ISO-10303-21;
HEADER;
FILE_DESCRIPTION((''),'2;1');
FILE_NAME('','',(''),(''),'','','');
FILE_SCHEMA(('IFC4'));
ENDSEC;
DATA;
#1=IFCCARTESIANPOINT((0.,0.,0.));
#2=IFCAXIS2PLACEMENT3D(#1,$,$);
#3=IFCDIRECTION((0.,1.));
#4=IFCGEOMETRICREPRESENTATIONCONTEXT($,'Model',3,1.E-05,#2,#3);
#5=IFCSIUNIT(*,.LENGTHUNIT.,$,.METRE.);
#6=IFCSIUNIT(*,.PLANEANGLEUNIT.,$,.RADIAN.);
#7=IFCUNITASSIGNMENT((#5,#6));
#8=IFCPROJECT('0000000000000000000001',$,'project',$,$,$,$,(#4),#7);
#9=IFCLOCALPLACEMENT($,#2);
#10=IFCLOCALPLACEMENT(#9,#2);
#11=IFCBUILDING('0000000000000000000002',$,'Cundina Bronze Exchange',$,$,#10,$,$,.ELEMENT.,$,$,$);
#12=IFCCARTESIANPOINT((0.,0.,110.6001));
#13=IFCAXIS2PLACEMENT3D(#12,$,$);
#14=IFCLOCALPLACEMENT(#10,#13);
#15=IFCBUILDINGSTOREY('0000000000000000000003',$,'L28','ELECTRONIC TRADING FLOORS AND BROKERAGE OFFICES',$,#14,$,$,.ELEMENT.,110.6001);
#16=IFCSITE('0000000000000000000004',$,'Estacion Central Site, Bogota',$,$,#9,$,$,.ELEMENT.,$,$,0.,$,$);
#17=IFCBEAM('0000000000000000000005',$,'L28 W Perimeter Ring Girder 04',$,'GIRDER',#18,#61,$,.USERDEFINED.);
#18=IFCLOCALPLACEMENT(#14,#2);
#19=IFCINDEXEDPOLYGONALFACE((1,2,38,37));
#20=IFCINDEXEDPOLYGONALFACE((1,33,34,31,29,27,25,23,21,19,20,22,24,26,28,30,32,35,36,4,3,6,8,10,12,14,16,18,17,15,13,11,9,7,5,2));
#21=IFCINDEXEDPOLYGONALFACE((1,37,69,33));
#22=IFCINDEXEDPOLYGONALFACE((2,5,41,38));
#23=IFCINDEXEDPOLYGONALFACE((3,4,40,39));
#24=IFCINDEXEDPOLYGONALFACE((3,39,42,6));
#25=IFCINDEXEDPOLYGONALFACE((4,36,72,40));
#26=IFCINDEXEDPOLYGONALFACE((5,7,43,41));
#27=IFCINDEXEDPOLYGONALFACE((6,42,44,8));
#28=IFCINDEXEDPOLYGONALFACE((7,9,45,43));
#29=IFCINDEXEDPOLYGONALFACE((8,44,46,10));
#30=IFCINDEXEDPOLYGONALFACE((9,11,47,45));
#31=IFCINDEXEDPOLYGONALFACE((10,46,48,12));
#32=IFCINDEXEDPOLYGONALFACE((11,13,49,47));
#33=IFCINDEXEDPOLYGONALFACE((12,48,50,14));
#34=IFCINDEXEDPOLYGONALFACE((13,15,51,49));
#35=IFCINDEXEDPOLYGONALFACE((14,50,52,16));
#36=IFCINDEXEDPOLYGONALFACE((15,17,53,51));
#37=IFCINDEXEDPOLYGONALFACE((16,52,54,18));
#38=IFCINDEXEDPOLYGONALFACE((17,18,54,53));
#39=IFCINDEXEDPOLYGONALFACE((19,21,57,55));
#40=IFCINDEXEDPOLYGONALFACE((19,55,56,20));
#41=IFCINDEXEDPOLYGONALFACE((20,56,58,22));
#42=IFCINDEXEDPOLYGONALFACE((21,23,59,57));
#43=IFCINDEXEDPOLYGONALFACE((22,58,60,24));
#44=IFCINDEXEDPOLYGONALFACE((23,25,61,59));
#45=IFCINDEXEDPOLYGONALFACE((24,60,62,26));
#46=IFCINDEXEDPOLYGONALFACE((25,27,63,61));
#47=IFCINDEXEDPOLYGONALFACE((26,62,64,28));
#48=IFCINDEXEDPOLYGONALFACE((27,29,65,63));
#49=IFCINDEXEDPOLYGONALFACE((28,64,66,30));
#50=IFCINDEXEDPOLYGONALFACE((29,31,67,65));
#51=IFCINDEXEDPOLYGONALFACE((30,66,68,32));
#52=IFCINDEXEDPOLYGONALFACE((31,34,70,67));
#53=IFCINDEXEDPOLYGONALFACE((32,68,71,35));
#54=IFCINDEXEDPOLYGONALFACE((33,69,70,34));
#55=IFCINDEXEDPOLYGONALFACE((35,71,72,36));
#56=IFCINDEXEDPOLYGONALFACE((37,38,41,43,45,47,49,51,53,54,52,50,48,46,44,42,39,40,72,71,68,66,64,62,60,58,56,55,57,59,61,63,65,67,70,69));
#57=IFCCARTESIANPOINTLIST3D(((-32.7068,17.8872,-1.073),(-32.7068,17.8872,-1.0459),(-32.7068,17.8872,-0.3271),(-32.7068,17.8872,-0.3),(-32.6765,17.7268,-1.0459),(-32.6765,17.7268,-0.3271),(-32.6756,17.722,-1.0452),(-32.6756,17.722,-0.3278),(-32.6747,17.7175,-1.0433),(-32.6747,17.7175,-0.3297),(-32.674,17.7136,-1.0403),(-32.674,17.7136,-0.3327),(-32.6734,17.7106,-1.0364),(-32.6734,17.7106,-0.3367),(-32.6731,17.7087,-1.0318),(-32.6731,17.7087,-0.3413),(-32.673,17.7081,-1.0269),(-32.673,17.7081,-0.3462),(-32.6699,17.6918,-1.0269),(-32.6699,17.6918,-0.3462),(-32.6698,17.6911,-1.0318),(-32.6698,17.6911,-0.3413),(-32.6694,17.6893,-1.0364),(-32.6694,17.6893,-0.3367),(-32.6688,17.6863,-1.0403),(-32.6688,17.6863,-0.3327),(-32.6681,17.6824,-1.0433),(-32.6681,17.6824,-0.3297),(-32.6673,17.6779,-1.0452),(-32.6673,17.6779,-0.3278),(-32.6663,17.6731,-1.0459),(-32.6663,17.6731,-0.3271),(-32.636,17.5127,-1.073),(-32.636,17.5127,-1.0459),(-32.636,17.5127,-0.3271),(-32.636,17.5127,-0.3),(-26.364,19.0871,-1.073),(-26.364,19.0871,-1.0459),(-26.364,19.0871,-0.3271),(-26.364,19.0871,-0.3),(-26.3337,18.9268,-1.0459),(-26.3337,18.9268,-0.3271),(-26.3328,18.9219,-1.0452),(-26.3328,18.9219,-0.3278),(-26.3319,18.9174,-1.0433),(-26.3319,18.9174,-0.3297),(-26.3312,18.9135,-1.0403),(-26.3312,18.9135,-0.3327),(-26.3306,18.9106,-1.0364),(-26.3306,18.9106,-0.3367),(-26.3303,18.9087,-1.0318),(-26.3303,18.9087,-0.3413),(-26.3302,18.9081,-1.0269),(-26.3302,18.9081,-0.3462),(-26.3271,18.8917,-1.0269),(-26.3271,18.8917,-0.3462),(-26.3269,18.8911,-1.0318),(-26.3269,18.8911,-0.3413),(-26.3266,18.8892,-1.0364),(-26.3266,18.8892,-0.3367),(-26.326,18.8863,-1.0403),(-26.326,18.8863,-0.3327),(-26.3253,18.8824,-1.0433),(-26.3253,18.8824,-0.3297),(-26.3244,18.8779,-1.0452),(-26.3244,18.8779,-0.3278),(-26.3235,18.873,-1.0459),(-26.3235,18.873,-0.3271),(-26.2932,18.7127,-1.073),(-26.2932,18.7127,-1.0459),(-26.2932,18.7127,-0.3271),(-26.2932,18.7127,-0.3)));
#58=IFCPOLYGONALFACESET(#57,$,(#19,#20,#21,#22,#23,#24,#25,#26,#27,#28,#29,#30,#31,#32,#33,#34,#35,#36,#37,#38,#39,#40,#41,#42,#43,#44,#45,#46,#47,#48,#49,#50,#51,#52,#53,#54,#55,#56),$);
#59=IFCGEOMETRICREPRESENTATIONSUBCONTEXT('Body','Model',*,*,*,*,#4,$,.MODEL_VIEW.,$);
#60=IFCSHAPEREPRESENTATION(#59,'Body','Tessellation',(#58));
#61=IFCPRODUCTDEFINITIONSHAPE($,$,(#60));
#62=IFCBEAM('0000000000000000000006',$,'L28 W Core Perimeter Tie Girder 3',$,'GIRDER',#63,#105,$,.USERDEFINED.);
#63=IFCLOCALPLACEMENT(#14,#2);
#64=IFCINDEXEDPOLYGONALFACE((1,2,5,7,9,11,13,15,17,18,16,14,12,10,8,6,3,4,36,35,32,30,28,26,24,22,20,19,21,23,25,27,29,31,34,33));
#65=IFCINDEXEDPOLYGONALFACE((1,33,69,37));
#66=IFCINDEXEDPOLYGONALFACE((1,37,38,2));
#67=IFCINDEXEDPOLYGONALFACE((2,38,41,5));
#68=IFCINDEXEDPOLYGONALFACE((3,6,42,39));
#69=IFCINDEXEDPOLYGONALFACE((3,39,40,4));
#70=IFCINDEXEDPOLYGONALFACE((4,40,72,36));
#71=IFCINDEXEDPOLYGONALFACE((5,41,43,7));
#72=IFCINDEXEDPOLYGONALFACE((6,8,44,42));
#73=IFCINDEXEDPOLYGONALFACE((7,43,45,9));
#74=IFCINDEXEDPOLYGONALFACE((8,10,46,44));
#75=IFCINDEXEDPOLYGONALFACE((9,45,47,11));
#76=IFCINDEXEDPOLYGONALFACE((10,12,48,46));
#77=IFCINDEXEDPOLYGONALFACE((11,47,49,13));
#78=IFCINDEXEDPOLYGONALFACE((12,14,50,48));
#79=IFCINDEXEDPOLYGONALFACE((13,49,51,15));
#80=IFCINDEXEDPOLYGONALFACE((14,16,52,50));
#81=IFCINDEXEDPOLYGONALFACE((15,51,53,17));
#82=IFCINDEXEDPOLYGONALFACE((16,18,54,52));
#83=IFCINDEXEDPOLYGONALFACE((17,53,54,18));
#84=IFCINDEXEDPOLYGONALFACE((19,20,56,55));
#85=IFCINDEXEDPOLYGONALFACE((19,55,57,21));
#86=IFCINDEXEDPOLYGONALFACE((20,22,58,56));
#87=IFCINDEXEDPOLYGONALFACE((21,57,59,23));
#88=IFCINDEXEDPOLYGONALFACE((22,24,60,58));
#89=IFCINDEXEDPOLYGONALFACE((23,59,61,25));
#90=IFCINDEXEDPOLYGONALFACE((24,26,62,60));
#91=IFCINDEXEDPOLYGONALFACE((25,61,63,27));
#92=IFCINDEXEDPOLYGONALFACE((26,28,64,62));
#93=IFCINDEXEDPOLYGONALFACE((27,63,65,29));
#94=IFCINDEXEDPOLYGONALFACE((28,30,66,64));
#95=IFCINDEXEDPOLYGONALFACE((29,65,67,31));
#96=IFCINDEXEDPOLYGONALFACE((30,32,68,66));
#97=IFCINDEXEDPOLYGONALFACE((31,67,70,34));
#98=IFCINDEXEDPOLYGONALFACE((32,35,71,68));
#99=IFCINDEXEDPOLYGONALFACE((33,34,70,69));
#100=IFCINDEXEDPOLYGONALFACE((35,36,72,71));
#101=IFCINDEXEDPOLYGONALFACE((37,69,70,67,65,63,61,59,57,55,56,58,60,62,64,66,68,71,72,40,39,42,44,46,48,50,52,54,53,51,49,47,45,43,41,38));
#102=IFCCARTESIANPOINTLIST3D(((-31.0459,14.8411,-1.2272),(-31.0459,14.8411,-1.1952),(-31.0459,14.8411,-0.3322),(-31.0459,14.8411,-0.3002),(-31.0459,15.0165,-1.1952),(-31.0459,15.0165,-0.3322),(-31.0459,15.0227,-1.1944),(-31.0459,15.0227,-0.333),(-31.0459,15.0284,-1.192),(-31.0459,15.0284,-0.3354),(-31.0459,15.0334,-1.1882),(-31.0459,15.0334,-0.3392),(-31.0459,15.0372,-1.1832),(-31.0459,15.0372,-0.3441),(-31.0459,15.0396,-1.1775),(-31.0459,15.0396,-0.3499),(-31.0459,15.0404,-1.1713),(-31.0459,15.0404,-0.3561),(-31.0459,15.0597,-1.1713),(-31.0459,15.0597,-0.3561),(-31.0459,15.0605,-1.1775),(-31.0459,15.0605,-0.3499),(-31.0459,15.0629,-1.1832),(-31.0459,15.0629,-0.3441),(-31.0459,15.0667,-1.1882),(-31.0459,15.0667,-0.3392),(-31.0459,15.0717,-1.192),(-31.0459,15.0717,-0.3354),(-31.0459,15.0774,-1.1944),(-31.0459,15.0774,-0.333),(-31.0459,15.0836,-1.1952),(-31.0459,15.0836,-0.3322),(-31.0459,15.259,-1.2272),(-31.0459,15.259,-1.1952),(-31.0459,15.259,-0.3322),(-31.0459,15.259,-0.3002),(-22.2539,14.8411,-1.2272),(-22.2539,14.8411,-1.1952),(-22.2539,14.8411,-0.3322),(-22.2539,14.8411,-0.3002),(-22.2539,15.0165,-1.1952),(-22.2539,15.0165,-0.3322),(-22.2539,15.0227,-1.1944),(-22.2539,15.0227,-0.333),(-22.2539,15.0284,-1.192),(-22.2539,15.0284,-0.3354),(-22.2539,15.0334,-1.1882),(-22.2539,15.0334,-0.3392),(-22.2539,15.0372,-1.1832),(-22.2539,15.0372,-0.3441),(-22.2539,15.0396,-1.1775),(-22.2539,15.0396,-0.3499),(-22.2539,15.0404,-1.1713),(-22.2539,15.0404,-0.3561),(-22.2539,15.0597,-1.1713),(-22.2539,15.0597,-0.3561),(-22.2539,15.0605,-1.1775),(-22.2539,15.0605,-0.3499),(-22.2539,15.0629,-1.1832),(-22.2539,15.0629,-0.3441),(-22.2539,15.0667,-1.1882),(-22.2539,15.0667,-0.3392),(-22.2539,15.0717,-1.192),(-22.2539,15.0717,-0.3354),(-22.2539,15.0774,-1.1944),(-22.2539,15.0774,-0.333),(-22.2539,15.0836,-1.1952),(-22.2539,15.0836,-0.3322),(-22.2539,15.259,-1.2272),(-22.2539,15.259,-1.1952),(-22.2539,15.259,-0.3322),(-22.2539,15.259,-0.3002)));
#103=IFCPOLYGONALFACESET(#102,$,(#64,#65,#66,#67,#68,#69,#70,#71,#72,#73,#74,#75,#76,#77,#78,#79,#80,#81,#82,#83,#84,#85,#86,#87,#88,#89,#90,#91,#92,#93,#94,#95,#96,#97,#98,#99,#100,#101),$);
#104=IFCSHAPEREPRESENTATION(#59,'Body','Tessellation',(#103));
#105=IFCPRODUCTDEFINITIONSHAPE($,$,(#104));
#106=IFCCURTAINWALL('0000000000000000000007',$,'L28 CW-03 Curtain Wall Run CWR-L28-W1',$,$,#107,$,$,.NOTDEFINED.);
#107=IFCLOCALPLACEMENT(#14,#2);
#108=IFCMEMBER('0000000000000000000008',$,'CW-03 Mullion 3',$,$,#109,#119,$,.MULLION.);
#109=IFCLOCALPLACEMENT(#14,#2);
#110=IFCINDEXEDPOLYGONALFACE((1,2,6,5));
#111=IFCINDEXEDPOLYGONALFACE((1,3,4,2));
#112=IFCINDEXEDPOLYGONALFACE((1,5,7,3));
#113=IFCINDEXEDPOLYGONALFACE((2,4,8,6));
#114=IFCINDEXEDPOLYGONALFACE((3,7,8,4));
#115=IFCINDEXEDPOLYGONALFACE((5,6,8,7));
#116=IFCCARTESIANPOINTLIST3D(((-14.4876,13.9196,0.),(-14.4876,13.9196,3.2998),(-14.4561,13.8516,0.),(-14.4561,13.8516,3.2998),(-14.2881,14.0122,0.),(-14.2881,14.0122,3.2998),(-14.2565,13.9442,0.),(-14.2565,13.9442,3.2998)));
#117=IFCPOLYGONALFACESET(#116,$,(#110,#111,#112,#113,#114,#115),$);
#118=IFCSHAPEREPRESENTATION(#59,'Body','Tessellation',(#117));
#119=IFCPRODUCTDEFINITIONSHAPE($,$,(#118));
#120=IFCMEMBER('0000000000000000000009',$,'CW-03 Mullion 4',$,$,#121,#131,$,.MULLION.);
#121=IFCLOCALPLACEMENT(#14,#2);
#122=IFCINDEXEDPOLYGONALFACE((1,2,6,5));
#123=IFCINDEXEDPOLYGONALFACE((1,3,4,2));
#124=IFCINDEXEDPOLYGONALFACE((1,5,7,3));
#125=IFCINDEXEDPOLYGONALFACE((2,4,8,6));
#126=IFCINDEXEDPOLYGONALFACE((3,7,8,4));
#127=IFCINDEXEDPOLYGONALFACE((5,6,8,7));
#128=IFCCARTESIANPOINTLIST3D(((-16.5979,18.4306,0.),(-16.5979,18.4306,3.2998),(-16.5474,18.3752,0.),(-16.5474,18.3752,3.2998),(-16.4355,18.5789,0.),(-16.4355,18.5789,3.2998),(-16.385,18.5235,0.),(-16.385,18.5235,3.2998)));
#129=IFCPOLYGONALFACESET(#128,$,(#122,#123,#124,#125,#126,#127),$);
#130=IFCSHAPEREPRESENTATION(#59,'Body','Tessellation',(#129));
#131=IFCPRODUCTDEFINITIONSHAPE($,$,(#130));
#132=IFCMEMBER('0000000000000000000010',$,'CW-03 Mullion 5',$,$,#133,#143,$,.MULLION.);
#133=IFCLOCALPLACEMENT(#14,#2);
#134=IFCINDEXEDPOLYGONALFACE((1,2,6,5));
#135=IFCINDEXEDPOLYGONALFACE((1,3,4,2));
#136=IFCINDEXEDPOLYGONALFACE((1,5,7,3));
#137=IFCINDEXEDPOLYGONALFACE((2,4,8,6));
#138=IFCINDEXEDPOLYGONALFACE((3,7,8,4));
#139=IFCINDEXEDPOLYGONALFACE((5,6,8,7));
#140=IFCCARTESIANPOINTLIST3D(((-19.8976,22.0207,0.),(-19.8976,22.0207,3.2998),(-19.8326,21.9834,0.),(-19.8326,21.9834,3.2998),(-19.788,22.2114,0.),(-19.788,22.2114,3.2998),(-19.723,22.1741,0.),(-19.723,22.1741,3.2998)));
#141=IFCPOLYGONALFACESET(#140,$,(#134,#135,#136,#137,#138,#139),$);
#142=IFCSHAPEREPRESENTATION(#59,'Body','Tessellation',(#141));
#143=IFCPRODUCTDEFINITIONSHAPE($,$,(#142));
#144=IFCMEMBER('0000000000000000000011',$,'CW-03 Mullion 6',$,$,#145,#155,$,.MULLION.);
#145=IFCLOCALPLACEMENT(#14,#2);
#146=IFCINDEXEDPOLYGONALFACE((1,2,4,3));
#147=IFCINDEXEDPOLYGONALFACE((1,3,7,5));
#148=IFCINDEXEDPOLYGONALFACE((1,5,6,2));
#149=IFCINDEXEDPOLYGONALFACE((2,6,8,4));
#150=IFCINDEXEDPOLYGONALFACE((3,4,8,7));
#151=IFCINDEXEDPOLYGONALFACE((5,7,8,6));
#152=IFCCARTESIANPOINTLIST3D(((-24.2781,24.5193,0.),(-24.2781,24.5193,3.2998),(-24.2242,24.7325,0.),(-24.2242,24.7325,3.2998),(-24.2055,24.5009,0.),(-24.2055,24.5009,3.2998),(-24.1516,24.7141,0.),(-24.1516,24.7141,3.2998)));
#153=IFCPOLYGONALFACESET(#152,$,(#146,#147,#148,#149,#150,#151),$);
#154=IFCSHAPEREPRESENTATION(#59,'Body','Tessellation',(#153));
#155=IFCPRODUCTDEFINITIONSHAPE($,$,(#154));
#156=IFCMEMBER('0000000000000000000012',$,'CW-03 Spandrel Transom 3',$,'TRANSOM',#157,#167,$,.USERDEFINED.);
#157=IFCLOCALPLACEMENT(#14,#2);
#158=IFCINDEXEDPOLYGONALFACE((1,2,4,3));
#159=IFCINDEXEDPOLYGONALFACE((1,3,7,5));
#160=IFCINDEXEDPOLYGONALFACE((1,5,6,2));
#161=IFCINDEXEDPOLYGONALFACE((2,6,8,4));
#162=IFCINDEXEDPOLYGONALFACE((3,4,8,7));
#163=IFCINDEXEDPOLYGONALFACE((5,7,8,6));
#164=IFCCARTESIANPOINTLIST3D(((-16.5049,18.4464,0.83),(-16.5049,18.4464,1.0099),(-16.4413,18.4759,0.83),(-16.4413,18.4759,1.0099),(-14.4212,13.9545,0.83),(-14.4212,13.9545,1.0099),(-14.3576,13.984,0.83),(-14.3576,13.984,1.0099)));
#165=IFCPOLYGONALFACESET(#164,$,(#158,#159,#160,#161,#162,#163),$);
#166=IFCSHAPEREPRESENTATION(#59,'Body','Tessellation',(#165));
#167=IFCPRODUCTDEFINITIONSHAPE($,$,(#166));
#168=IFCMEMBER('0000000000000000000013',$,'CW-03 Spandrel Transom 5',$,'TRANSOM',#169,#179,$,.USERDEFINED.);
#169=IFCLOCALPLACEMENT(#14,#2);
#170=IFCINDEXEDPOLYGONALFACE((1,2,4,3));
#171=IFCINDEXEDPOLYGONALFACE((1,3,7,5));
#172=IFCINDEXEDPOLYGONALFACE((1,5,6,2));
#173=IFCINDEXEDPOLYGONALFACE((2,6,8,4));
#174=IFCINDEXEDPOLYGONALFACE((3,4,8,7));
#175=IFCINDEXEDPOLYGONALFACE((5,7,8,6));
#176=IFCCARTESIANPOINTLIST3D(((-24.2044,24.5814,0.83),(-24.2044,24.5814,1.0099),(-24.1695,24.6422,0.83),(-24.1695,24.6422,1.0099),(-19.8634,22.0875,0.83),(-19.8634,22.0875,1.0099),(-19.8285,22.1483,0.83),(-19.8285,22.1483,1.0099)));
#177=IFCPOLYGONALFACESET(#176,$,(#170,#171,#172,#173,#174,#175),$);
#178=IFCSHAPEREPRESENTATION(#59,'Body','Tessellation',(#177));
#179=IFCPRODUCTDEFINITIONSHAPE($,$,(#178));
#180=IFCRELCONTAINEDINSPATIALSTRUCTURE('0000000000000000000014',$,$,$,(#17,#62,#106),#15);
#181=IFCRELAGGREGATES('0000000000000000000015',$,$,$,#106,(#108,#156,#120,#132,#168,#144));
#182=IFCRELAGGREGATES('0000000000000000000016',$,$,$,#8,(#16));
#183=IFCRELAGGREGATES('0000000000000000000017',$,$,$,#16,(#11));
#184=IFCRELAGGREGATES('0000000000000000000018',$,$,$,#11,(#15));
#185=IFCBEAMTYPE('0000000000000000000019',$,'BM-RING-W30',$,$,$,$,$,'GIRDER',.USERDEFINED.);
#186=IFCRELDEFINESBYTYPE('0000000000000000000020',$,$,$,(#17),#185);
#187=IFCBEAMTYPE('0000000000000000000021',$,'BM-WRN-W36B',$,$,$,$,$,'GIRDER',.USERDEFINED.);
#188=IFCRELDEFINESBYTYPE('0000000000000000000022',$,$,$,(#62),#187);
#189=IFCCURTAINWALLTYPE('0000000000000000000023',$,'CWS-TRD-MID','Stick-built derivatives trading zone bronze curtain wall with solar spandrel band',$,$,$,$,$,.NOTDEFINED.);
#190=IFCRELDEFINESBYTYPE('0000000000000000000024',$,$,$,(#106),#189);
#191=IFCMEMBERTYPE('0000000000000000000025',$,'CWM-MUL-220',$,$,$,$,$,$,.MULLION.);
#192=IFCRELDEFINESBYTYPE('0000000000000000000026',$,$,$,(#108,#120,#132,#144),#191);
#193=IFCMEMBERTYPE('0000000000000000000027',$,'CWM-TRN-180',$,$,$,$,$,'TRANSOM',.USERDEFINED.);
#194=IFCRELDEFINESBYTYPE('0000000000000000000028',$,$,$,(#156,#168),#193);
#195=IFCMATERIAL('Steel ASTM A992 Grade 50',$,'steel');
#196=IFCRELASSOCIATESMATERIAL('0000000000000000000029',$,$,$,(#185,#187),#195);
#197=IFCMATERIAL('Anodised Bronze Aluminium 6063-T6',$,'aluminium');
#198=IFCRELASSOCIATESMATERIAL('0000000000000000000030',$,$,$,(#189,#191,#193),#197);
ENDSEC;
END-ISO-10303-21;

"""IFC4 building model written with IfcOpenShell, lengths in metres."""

from ifc_helpers import new_model, si_unit, direction, frame, origin, origin_2d, place, context, subcontext, project, spatial, rectangle, i_section, extrude, material, material_profile, profile_set, type_object, element, aggregate, save


model = new_model("IFC4")

# Units and contexts
model_context = context("Model", 3, precision=1e-05, world=origin(), true_north=direction((0.0, 1.0)))
body_context = subcontext(model_context, "Body", "Model", "MODEL_VIEW")
ifc_project = project(units=[si_unit("LENGTHUNIT", "METRE"), si_unit("PLANEANGLEUNIT", "RADIAN")], contexts=[model_context])

# Site, building, storey
site_placement = place(None, origin())
site = spatial("IfcSite", under=ifc_project, at=site_placement, Name="Estacion Central Site, Bogota", CompositionType="ELEMENT", RefElevation=0.0)
building_placement = place(site_placement, origin())
building = spatial("IfcBuilding", under=site, at=building_placement, Name="Cundina Bronze Exchange", CompositionType="ELEMENT")
storey_placement = place(building_placement, frame((0.0, 0.0, 110.6001)))
storey = spatial("IfcBuildingStorey", under=building, at=storey_placement, Name="L28", Description="ELECTRONIC TRADING FLOORS AND BROKERAGE OFFICES", CompositionType="ELEMENT", Elevation=110.6001)

# Shared definitions
ifc_material_1 = material(Name="Steel ASTM A992 Grade 50", Category="steel")

# Beams
ifc_material_profile_1 = material_profile(ifc_material_1, i_section(OverallWidth=0.3811, OverallDepth=0.7729, WebThickness=0.0166, FlangeThickness=0.0271, FilletRadius=0.019, at=origin_2d()), Name="W30X173", Category="steel")
ifc_profile_set_1 = profile_set([ifc_material_profile_1], Name="Steel ASTM A992 Grade 50")
beam_type_1 = type_object("IfcBeamType", Name="BM-RING-W30", ElementType="GIRDER", PredefinedType="USERDEFINED", material=ifc_profile_set_1)
beam_1_placement = place(storey_placement, frame((-26.3286, 18.8999, -0.6865), z_axis=(-0.982571, -0.185887, 0.0), x_axis=(0.185887, -0.982571, 0.0)))
element("IfcBeam", 1, at=beam_1_placement, inside=storey, type_object=beam_type_1, Name="L28 W Perimeter Ring Girder 04", ObjectType="GIRDER", PredefinedType="USERDEFINED", context=body_context, shape_type="SweptSolid", body=[
    extrude(i_section(OverallWidth=0.3811, OverallDepth=0.7729, WebThickness=0.0166, FlangeThickness=0.0271, FilletRadius=0.019, at=origin_2d()), origin(), (0.0, 0.0, 1.0), 6.4553),
])
ifc_material_profile_2 = material_profile(ifc_material_1, i_section(OverallWidth=0.418, OverallDepth=0.927, WebThickness=0.0193, FlangeThickness=0.032, FilletRadius=0.0239, at=origin_2d()), Name="W36X231", Category="steel")
ifc_profile_set_2 = profile_set([ifc_material_profile_2], Name="Steel ASTM A992 Grade 50")
beam_type_2 = type_object("IfcBeamType", Name="BM-WRN-W36B", ElementType="GIRDER", PredefinedType="USERDEFINED", material=ifc_profile_set_2)
beam_2_placement = place(storey_placement, frame((-22.2539, 15.05, -0.7637), z_axis=(-1.0, 0.0, 0.0), x_axis=(0.0, -1.0, 0.0)))
element("IfcBeam", 2, at=beam_2_placement, inside=storey, type_object=beam_type_2, Name="L28 W Core Perimeter Tie Girder 3", ObjectType="GIRDER", PredefinedType="USERDEFINED", context=body_context, shape_type="SweptSolid", body=[
    extrude(i_section(OverallWidth=0.418, OverallDepth=0.927, WebThickness=0.0193, FlangeThickness=0.032, FilletRadius=0.0239, at=origin_2d()), origin(), (0.0, 0.0, 1.0), 8.792),
])

# Curtain wall, members
ifc_material_2 = material(Name="Anodised Bronze Aluminium 6063-T6", Category="aluminium")
curtain_wall_type = type_object("IfcCurtainWallType", Name="CWS-TRD-MID", Description="Stick-built derivatives trading zone bronze curtain wall with solar spandrel band", PredefinedType="NOTDEFINED", material=ifc_material_2)
curtain_wall_placement = place(storey_placement, origin())
curtain_wall = element("IfcCurtainWall", 3, at=curtain_wall_placement, inside=storey, type_object=curtain_wall_type, Name="L28 CW-03 Curtain Wall Run CWR-L28-W1", PredefinedType="NOTDEFINED")
ifc_material_profile_3 = material_profile(ifc_material_2, rectangle(XDim=0.075, YDim=0.22, at=origin_2d()), Name="AL75X220", Category="aluminium")
ifc_profile_set_3 = profile_set([ifc_material_profile_3], Name="Anodised Bronze Aluminium 6063-T6")
member_type_1 = type_object("IfcMemberType", Name="CWM-MUL-220", PredefinedType="MULLION", material=ifc_profile_set_3)
member_1_placement = place(storey_placement, frame((-14.3721, 13.9319, 0.0), z_axis=(0.0, 0.0, 1.0), x_axis=(-0.420877, 0.907117, 0.0)))
member_1 = element("IfcMember", 4, at=member_1_placement, type_object=member_type_1, Name="CW-03 Mullion 3", PredefinedType="MULLION", context=body_context, shape_type="SweptSolid", body=[
    extrude(rectangle(XDim=0.075, YDim=0.22, at=origin_2d()), origin(), (0.0, 0.0, 1.0), 3.2998),
])
member_2_placement = place(storey_placement, frame((-16.4915, 18.4771, 0.0), z_axis=(0.0, 0.0, 1.0), x_axis=(-0.674302, 0.738455, 0.0)))
member_2 = element("IfcMember", 5, at=member_2_placement, type_object=member_type_1, Name="CW-03 Mullion 4", PredefinedType="MULLION", context=body_context, shape_type="SweptSolid", body=[
    extrude(rectangle(XDim=0.075, YDim=0.22, at=origin_2d()), origin(), (0.0, 0.0, 1.0), 3.2998),
])
member_3_placement = place(storey_placement, frame((-19.8103, 22.0974, 0.0), z_axis=(0.0, 0.0, 1.0), x_axis=(-0.867071, 0.498185, 0.0)))
member_3 = element("IfcMember", 6, at=member_3_placement, type_object=member_type_1, Name="CW-03 Mullion 5", PredefinedType="MULLION", context=body_context, shape_type="SweptSolid", body=[
    extrude(rectangle(XDim=0.075, YDim=0.22, at=origin_2d()), origin(), (0.0, 0.0, 1.0), 3.2998),
])
member_4_placement = place(storey_placement, frame((-24.2148, 24.6167, 0.0), z_axis=(0.0, 0.0, 1.0), x_axis=(-0.969488, 0.245138, 0.0)))
member_4 = element("IfcMember", 7, at=member_4_placement, type_object=member_type_1, Name="CW-03 Mullion 6", PredefinedType="MULLION", context=body_context, shape_type="SweptSolid", body=[
    extrude(rectangle(XDim=0.075, YDim=0.22, at=origin_2d()), origin(), (0.0, 0.0, 1.0), 3.2998),
])
ifc_material_profile_4 = material_profile(ifc_material_2, rectangle(XDim=0.0701, YDim=0.1799, at=origin_2d()), Name="AL70X180", Category="aluminium")
ifc_profile_set_4 = profile_set([ifc_material_profile_4], Name="Anodised Bronze Aluminium 6063-T6")
member_type_2 = type_object("IfcMemberType", Name="CWM-TRN-180", ElementType="TRANSOM", PredefinedType="USERDEFINED", material=ifc_profile_set_4)
member_5_placement = place(storey_placement, frame((-14.3894, 13.9692, 0.9199), z_axis=(-0.420811, 0.907148, 0.0), x_axis=(-0.907148, -0.420811, 0.0)))
member_5 = element("IfcMember", 8, at=member_5_placement, type_object=member_type_2, Name="CW-03 Spandrel Transom 3", ObjectType="TRANSOM", PredefinedType="USERDEFINED", context=body_context, shape_type="SweptSolid", body=[
    extrude(rectangle(XDim=0.0701, YDim=0.1799, at=origin_2d()), origin(), (0.0, 0.0, 1.0), 4.9517),
])
member_6_placement = place(storey_placement, frame((-19.8459, 22.1179, 0.9199), z_axis=(-0.867097, 0.498139, 0.0), x_axis=(-0.498139, -0.867097, 0.0)))
member_6 = element("IfcMember", 9, at=member_6_placement, type_object=member_type_2, Name="CW-03 Spandrel Transom 5", ObjectType="TRANSOM", PredefinedType="USERDEFINED", context=body_context, shape_type="SweptSolid", body=[
    extrude(rectangle(XDim=0.0701, YDim=0.1799, at=origin_2d()), origin(), (0.0, 0.0, 1.0), 5.0063),
])
aggregate(curtain_wall, [member_1, member_5, member_2, member_3, member_6, member_4])

save(model, "model.ifc")
